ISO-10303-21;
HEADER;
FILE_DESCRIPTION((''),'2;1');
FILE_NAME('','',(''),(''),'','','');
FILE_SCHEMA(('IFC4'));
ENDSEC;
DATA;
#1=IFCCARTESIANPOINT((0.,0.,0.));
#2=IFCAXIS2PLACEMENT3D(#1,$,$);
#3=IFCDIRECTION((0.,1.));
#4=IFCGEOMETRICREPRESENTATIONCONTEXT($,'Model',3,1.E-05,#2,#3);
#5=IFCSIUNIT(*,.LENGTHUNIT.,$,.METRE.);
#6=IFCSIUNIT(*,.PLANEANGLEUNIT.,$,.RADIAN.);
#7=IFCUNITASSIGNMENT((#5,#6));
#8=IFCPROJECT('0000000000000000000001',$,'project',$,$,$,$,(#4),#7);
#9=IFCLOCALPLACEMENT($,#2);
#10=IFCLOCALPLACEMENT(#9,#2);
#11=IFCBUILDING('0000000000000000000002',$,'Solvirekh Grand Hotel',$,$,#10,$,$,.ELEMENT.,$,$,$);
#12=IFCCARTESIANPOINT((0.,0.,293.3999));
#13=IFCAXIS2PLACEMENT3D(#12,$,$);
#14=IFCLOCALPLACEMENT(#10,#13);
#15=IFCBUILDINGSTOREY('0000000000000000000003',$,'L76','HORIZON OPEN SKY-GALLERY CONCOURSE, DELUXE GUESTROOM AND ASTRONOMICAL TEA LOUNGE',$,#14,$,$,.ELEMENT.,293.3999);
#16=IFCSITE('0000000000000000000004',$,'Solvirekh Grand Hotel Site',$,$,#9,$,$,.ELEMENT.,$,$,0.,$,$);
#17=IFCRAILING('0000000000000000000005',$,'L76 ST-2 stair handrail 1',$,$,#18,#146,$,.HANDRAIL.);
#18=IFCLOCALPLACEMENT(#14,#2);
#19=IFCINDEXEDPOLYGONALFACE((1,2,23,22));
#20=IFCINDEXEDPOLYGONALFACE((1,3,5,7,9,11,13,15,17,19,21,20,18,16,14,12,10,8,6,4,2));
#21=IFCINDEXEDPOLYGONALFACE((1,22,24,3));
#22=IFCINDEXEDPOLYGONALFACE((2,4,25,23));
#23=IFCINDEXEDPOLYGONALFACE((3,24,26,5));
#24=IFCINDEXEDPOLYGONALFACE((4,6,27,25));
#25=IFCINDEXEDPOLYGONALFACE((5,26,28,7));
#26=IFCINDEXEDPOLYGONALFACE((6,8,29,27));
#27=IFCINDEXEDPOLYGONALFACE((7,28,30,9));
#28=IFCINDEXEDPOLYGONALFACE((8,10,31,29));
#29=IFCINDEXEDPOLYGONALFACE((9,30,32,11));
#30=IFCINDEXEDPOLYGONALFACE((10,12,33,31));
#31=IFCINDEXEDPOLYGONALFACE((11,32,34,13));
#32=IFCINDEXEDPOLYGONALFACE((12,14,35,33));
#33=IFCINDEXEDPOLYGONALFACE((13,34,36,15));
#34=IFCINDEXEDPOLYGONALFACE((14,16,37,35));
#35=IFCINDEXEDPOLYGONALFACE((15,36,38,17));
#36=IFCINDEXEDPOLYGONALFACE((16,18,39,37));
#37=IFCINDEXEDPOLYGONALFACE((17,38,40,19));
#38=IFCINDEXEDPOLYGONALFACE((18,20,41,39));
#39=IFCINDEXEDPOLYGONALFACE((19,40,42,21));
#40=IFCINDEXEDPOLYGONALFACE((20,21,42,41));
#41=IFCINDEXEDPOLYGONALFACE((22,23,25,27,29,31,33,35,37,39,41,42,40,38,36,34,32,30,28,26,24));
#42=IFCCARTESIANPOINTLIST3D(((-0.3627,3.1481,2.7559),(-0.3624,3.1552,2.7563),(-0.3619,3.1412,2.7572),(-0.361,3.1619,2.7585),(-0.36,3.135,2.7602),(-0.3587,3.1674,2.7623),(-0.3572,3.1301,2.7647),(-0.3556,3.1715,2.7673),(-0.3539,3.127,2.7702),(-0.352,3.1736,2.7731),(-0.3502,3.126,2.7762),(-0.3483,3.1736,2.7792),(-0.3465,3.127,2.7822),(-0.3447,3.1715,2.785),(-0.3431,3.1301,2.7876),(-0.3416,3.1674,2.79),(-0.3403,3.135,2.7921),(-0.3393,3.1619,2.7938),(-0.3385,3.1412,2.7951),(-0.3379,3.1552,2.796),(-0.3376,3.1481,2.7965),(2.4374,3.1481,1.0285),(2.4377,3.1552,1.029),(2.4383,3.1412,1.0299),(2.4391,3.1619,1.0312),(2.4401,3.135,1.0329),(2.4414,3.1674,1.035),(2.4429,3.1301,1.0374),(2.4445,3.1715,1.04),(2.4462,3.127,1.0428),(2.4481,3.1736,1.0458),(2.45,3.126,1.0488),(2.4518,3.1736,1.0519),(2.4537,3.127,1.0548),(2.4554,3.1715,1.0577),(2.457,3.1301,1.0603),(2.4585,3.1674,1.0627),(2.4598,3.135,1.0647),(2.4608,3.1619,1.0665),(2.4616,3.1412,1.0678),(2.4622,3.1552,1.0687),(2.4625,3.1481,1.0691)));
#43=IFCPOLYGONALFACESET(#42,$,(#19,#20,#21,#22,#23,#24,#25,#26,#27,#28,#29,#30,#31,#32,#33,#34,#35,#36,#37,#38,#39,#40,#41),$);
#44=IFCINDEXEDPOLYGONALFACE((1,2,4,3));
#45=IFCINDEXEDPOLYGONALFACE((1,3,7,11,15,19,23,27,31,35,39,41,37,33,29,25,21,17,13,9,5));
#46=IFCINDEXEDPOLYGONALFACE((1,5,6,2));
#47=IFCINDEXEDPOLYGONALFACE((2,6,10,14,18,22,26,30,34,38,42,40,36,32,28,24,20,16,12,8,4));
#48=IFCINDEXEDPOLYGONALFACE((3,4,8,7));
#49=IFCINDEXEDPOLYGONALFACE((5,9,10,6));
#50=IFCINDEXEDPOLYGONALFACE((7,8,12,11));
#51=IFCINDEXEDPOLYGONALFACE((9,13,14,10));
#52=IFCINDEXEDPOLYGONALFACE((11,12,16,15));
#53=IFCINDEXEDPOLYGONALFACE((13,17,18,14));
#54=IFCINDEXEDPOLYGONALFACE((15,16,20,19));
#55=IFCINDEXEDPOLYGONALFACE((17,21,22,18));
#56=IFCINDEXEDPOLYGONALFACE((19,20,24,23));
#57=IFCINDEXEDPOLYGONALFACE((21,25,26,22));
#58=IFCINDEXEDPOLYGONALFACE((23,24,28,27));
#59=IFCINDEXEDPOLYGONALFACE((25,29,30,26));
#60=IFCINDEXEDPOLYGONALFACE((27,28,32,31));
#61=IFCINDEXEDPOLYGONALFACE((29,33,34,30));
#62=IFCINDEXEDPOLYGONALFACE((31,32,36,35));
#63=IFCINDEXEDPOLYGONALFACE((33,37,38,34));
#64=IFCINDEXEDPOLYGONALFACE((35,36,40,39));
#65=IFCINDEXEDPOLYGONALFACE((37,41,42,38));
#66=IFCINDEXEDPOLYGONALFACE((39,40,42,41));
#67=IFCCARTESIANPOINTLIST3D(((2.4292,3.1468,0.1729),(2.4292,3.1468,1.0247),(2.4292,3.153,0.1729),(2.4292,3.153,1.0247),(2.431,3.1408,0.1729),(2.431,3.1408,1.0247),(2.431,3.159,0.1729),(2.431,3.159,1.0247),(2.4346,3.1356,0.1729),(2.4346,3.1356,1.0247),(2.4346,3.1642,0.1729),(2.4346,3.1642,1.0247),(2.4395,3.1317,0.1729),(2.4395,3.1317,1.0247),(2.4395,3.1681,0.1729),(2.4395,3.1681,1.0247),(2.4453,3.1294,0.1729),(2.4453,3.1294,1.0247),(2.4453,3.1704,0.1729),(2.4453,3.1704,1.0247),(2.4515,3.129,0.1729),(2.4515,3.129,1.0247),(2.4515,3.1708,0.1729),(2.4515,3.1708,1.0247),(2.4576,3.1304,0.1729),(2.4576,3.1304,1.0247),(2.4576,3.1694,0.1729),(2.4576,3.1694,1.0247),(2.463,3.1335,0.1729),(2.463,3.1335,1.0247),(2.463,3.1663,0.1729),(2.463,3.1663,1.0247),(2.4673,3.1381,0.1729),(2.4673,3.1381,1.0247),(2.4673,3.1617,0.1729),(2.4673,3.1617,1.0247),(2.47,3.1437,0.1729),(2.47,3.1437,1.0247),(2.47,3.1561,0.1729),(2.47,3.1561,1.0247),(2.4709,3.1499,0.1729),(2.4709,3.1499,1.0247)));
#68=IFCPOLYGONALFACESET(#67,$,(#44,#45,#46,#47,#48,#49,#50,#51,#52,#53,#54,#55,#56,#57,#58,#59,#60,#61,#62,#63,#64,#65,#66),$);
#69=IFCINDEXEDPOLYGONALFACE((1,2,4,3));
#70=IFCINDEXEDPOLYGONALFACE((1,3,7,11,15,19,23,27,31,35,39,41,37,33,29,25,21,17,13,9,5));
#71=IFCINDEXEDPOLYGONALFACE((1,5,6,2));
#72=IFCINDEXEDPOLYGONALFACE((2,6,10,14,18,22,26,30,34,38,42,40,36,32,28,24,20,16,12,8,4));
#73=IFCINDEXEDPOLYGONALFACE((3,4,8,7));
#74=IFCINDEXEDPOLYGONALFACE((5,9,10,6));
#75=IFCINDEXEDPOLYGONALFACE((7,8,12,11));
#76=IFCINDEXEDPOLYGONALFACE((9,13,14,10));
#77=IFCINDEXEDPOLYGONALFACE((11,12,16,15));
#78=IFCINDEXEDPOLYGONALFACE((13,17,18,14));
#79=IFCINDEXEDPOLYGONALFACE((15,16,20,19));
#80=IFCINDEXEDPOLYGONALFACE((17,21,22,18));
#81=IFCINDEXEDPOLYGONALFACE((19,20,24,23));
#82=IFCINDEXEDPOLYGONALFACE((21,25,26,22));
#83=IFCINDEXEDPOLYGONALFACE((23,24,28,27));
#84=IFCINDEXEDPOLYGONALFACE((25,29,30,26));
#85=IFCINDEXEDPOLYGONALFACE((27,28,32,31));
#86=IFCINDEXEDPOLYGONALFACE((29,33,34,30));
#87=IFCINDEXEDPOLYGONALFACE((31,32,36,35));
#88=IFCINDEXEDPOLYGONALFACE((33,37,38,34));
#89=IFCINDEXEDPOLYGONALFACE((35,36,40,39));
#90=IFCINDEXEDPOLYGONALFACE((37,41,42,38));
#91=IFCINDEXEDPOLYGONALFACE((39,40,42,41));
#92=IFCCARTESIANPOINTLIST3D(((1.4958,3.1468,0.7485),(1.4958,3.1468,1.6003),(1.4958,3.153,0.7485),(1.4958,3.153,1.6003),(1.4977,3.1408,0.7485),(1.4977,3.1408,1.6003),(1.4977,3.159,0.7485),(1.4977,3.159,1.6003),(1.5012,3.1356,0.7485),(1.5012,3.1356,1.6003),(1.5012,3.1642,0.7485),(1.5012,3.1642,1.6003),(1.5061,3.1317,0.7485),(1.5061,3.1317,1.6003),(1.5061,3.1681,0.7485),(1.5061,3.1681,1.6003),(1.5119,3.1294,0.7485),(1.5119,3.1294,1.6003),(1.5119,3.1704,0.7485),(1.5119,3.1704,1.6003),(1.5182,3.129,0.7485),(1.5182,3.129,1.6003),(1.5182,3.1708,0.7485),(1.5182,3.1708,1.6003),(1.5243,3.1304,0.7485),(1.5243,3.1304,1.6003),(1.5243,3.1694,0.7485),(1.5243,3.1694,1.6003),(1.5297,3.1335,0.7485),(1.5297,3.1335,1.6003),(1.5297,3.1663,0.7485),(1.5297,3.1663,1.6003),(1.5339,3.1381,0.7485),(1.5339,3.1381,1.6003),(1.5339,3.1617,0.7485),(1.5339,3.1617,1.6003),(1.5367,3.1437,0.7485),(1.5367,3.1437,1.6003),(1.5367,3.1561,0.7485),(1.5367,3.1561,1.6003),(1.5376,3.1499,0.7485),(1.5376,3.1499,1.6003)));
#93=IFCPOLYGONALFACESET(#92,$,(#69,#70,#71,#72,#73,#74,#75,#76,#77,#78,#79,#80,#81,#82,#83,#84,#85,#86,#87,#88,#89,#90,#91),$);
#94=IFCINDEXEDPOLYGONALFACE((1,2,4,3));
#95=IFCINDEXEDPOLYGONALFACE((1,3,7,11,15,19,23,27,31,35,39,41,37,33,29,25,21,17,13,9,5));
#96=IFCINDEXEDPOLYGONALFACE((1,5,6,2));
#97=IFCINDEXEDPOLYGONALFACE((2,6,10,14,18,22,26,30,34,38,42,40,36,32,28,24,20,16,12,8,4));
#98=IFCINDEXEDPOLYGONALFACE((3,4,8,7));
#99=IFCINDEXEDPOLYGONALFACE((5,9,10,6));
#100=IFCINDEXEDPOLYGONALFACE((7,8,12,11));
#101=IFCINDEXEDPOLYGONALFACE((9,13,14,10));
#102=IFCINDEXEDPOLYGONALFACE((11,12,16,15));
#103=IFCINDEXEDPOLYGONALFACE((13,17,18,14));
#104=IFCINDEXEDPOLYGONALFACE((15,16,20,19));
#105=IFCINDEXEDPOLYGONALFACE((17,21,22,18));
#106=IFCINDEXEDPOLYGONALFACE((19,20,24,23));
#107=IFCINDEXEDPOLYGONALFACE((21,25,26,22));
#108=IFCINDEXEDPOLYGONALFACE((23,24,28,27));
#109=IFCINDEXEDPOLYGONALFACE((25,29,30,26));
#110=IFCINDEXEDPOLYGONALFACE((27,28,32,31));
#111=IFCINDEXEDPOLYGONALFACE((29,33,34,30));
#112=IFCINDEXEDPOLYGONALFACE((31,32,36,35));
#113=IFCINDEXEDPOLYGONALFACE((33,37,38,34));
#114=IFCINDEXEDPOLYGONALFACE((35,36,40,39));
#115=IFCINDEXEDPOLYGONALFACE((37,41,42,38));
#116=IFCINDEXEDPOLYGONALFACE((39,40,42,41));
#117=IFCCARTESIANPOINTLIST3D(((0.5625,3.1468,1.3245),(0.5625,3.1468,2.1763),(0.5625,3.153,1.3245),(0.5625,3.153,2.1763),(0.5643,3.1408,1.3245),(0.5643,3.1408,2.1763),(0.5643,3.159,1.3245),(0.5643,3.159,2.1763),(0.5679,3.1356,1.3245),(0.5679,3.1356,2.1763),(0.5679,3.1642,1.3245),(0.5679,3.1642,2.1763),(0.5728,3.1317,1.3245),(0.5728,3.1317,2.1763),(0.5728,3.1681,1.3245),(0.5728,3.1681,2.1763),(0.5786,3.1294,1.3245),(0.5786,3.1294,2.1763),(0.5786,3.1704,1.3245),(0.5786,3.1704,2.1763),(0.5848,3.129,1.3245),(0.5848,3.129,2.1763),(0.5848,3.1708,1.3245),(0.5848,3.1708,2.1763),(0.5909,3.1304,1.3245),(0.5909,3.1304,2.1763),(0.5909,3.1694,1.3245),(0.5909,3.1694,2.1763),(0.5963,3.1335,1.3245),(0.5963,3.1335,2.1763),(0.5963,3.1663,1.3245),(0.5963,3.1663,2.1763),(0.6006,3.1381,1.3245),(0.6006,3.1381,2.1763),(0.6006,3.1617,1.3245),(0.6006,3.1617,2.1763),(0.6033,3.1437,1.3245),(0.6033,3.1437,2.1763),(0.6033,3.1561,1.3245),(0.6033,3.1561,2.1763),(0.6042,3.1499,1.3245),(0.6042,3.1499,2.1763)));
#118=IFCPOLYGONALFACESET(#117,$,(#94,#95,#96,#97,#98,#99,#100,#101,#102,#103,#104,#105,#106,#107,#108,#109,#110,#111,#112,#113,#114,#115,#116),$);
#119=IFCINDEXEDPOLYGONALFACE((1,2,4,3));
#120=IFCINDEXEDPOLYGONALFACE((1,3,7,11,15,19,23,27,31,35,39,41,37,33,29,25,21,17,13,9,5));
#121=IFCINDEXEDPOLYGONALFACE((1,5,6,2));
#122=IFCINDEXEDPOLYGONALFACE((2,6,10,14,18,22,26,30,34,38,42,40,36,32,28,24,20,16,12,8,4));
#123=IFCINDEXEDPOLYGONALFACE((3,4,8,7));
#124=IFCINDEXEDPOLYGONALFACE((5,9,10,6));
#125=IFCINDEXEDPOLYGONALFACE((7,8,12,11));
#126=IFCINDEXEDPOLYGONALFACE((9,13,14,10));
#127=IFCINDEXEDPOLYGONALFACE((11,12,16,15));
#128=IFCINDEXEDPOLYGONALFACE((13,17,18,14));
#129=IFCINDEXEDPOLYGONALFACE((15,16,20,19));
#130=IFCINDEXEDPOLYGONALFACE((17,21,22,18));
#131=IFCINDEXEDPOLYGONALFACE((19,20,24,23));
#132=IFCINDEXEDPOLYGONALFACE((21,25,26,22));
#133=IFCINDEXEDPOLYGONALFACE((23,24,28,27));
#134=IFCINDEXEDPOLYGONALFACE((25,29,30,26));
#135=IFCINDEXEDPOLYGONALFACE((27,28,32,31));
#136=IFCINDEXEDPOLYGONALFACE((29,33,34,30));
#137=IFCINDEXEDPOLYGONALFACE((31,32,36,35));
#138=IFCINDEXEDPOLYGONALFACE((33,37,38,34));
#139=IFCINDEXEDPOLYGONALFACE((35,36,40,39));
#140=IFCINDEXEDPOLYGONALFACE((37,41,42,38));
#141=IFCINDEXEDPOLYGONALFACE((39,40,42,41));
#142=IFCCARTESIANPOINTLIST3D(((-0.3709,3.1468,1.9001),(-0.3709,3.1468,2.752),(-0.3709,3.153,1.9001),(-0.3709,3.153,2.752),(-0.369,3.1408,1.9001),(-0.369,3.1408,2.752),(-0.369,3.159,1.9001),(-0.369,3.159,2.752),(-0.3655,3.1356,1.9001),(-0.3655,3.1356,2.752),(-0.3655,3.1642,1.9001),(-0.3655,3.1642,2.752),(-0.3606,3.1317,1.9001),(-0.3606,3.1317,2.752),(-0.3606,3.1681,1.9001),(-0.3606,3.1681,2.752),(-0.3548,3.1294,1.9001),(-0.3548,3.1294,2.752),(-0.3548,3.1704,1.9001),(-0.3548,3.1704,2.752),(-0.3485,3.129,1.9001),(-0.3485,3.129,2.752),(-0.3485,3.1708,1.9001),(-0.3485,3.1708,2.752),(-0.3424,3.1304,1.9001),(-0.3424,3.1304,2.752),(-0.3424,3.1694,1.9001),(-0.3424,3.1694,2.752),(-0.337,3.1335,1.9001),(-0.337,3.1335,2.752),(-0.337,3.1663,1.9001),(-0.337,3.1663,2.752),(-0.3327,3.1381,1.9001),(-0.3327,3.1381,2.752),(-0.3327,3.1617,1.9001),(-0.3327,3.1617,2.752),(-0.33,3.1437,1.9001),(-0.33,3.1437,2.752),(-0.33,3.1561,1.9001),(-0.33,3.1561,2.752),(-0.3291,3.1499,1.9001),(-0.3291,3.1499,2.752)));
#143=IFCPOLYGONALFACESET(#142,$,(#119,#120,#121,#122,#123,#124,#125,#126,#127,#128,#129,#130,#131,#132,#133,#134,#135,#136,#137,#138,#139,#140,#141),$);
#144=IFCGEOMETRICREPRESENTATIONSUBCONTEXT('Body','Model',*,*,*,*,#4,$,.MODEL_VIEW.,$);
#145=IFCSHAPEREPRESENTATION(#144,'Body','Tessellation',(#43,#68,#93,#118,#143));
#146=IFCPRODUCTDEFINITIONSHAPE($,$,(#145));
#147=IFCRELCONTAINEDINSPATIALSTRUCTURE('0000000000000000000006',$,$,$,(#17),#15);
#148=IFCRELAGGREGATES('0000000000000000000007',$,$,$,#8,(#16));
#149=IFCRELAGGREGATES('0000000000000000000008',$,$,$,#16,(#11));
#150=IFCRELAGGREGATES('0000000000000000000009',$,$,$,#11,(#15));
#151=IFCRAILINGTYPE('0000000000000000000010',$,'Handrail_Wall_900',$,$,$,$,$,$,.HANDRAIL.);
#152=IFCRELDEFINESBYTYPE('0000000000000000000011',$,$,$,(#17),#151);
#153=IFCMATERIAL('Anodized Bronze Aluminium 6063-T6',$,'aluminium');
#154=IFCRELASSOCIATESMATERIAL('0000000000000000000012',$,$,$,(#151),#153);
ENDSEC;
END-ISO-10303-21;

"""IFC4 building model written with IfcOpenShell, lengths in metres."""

from ifc_helpers import new_model, si_unit, direction, frame, origin, origin_2d, place, context, subcontext, project, spatial, circle, extrude, material, type_object, element, save


model = new_model("IFC4")

# Units and contexts
model_context = context("Model", 3, precision=1e-05, world=origin(), true_north=direction((0.0, 1.0)))
body_context = subcontext(model_context, "Body", "Model", "MODEL_VIEW")
ifc_project = project(units=[si_unit("LENGTHUNIT", "METRE"), si_unit("PLANEANGLEUNIT", "RADIAN")], contexts=[model_context])

# Site, building, storey
site_placement = place(None, origin())
site = spatial("IfcSite", under=ifc_project, at=site_placement, Name="Solvirekh Grand Hotel Site", CompositionType="ELEMENT", RefElevation=0.0)
building_placement = place(site_placement, origin())
building = spatial("IfcBuilding", under=site, at=building_placement, Name="Solvirekh Grand Hotel", CompositionType="ELEMENT")
storey_placement = place(building_placement, frame((0.0, 0.0, 293.3999)))
storey = spatial("IfcBuildingStorey", under=building, at=storey_placement, Name="L76", Description="HORIZON OPEN SKY-GALLERY CONCOURSE, DELUXE GUESTROOM AND ASTRONOMICAL TEA LOUNGE", CompositionType="ELEMENT", Elevation=293.3999)

# Railing
ifc_material_1 = material(Name="Anodized Bronze Aluminium 6063-T6", Category="aluminium")
railing_type_1 = type_object("IfcRailingType", Name="Handrail_Wall_900", PredefinedType="HANDRAIL", material=ifc_material_1)
railing_1_placement = place(storey_placement, frame((2.45, 3.1499, 0.1729)))
element("IfcRailing", 1, at=railing_1_placement, inside=storey, type_object=railing_type_1, Name="L76 ST-2 stair handrail 1", PredefinedType="HANDRAIL", context=body_context, shape_type="SweptSolid", body=[
    extrude(circle(Radius=0.0239, at=origin_2d()), frame((0.0, 0.0, 0.876), z_axis=(-0.85109, 0.0, 0.52502), x_axis=(0.0, -1.0, 0.0)), (0.0, 0.0, 1.0), 3.29),
    extrude(circle(Radius=0.021, at=origin_2d()), origin(), (0.0, 0.0, 1.0), 0.8518),
    extrude(circle(Radius=0.021, at=origin_2d()), frame((-0.9333, 0.0, 0.5757)), (0.0, 0.0, 1.0), 0.8518),
    extrude(circle(Radius=0.021, at=origin_2d()), frame((-1.8667, 0.0, 1.1516)), (0.0, 0.0, 1.0), 0.8518),
    extrude(circle(Radius=0.021, at=origin_2d()), frame((-2.8, 0.0, 1.7273)), (0.0, 0.0, 1.0), 0.8518),
])

save(model, "model.ifc")
